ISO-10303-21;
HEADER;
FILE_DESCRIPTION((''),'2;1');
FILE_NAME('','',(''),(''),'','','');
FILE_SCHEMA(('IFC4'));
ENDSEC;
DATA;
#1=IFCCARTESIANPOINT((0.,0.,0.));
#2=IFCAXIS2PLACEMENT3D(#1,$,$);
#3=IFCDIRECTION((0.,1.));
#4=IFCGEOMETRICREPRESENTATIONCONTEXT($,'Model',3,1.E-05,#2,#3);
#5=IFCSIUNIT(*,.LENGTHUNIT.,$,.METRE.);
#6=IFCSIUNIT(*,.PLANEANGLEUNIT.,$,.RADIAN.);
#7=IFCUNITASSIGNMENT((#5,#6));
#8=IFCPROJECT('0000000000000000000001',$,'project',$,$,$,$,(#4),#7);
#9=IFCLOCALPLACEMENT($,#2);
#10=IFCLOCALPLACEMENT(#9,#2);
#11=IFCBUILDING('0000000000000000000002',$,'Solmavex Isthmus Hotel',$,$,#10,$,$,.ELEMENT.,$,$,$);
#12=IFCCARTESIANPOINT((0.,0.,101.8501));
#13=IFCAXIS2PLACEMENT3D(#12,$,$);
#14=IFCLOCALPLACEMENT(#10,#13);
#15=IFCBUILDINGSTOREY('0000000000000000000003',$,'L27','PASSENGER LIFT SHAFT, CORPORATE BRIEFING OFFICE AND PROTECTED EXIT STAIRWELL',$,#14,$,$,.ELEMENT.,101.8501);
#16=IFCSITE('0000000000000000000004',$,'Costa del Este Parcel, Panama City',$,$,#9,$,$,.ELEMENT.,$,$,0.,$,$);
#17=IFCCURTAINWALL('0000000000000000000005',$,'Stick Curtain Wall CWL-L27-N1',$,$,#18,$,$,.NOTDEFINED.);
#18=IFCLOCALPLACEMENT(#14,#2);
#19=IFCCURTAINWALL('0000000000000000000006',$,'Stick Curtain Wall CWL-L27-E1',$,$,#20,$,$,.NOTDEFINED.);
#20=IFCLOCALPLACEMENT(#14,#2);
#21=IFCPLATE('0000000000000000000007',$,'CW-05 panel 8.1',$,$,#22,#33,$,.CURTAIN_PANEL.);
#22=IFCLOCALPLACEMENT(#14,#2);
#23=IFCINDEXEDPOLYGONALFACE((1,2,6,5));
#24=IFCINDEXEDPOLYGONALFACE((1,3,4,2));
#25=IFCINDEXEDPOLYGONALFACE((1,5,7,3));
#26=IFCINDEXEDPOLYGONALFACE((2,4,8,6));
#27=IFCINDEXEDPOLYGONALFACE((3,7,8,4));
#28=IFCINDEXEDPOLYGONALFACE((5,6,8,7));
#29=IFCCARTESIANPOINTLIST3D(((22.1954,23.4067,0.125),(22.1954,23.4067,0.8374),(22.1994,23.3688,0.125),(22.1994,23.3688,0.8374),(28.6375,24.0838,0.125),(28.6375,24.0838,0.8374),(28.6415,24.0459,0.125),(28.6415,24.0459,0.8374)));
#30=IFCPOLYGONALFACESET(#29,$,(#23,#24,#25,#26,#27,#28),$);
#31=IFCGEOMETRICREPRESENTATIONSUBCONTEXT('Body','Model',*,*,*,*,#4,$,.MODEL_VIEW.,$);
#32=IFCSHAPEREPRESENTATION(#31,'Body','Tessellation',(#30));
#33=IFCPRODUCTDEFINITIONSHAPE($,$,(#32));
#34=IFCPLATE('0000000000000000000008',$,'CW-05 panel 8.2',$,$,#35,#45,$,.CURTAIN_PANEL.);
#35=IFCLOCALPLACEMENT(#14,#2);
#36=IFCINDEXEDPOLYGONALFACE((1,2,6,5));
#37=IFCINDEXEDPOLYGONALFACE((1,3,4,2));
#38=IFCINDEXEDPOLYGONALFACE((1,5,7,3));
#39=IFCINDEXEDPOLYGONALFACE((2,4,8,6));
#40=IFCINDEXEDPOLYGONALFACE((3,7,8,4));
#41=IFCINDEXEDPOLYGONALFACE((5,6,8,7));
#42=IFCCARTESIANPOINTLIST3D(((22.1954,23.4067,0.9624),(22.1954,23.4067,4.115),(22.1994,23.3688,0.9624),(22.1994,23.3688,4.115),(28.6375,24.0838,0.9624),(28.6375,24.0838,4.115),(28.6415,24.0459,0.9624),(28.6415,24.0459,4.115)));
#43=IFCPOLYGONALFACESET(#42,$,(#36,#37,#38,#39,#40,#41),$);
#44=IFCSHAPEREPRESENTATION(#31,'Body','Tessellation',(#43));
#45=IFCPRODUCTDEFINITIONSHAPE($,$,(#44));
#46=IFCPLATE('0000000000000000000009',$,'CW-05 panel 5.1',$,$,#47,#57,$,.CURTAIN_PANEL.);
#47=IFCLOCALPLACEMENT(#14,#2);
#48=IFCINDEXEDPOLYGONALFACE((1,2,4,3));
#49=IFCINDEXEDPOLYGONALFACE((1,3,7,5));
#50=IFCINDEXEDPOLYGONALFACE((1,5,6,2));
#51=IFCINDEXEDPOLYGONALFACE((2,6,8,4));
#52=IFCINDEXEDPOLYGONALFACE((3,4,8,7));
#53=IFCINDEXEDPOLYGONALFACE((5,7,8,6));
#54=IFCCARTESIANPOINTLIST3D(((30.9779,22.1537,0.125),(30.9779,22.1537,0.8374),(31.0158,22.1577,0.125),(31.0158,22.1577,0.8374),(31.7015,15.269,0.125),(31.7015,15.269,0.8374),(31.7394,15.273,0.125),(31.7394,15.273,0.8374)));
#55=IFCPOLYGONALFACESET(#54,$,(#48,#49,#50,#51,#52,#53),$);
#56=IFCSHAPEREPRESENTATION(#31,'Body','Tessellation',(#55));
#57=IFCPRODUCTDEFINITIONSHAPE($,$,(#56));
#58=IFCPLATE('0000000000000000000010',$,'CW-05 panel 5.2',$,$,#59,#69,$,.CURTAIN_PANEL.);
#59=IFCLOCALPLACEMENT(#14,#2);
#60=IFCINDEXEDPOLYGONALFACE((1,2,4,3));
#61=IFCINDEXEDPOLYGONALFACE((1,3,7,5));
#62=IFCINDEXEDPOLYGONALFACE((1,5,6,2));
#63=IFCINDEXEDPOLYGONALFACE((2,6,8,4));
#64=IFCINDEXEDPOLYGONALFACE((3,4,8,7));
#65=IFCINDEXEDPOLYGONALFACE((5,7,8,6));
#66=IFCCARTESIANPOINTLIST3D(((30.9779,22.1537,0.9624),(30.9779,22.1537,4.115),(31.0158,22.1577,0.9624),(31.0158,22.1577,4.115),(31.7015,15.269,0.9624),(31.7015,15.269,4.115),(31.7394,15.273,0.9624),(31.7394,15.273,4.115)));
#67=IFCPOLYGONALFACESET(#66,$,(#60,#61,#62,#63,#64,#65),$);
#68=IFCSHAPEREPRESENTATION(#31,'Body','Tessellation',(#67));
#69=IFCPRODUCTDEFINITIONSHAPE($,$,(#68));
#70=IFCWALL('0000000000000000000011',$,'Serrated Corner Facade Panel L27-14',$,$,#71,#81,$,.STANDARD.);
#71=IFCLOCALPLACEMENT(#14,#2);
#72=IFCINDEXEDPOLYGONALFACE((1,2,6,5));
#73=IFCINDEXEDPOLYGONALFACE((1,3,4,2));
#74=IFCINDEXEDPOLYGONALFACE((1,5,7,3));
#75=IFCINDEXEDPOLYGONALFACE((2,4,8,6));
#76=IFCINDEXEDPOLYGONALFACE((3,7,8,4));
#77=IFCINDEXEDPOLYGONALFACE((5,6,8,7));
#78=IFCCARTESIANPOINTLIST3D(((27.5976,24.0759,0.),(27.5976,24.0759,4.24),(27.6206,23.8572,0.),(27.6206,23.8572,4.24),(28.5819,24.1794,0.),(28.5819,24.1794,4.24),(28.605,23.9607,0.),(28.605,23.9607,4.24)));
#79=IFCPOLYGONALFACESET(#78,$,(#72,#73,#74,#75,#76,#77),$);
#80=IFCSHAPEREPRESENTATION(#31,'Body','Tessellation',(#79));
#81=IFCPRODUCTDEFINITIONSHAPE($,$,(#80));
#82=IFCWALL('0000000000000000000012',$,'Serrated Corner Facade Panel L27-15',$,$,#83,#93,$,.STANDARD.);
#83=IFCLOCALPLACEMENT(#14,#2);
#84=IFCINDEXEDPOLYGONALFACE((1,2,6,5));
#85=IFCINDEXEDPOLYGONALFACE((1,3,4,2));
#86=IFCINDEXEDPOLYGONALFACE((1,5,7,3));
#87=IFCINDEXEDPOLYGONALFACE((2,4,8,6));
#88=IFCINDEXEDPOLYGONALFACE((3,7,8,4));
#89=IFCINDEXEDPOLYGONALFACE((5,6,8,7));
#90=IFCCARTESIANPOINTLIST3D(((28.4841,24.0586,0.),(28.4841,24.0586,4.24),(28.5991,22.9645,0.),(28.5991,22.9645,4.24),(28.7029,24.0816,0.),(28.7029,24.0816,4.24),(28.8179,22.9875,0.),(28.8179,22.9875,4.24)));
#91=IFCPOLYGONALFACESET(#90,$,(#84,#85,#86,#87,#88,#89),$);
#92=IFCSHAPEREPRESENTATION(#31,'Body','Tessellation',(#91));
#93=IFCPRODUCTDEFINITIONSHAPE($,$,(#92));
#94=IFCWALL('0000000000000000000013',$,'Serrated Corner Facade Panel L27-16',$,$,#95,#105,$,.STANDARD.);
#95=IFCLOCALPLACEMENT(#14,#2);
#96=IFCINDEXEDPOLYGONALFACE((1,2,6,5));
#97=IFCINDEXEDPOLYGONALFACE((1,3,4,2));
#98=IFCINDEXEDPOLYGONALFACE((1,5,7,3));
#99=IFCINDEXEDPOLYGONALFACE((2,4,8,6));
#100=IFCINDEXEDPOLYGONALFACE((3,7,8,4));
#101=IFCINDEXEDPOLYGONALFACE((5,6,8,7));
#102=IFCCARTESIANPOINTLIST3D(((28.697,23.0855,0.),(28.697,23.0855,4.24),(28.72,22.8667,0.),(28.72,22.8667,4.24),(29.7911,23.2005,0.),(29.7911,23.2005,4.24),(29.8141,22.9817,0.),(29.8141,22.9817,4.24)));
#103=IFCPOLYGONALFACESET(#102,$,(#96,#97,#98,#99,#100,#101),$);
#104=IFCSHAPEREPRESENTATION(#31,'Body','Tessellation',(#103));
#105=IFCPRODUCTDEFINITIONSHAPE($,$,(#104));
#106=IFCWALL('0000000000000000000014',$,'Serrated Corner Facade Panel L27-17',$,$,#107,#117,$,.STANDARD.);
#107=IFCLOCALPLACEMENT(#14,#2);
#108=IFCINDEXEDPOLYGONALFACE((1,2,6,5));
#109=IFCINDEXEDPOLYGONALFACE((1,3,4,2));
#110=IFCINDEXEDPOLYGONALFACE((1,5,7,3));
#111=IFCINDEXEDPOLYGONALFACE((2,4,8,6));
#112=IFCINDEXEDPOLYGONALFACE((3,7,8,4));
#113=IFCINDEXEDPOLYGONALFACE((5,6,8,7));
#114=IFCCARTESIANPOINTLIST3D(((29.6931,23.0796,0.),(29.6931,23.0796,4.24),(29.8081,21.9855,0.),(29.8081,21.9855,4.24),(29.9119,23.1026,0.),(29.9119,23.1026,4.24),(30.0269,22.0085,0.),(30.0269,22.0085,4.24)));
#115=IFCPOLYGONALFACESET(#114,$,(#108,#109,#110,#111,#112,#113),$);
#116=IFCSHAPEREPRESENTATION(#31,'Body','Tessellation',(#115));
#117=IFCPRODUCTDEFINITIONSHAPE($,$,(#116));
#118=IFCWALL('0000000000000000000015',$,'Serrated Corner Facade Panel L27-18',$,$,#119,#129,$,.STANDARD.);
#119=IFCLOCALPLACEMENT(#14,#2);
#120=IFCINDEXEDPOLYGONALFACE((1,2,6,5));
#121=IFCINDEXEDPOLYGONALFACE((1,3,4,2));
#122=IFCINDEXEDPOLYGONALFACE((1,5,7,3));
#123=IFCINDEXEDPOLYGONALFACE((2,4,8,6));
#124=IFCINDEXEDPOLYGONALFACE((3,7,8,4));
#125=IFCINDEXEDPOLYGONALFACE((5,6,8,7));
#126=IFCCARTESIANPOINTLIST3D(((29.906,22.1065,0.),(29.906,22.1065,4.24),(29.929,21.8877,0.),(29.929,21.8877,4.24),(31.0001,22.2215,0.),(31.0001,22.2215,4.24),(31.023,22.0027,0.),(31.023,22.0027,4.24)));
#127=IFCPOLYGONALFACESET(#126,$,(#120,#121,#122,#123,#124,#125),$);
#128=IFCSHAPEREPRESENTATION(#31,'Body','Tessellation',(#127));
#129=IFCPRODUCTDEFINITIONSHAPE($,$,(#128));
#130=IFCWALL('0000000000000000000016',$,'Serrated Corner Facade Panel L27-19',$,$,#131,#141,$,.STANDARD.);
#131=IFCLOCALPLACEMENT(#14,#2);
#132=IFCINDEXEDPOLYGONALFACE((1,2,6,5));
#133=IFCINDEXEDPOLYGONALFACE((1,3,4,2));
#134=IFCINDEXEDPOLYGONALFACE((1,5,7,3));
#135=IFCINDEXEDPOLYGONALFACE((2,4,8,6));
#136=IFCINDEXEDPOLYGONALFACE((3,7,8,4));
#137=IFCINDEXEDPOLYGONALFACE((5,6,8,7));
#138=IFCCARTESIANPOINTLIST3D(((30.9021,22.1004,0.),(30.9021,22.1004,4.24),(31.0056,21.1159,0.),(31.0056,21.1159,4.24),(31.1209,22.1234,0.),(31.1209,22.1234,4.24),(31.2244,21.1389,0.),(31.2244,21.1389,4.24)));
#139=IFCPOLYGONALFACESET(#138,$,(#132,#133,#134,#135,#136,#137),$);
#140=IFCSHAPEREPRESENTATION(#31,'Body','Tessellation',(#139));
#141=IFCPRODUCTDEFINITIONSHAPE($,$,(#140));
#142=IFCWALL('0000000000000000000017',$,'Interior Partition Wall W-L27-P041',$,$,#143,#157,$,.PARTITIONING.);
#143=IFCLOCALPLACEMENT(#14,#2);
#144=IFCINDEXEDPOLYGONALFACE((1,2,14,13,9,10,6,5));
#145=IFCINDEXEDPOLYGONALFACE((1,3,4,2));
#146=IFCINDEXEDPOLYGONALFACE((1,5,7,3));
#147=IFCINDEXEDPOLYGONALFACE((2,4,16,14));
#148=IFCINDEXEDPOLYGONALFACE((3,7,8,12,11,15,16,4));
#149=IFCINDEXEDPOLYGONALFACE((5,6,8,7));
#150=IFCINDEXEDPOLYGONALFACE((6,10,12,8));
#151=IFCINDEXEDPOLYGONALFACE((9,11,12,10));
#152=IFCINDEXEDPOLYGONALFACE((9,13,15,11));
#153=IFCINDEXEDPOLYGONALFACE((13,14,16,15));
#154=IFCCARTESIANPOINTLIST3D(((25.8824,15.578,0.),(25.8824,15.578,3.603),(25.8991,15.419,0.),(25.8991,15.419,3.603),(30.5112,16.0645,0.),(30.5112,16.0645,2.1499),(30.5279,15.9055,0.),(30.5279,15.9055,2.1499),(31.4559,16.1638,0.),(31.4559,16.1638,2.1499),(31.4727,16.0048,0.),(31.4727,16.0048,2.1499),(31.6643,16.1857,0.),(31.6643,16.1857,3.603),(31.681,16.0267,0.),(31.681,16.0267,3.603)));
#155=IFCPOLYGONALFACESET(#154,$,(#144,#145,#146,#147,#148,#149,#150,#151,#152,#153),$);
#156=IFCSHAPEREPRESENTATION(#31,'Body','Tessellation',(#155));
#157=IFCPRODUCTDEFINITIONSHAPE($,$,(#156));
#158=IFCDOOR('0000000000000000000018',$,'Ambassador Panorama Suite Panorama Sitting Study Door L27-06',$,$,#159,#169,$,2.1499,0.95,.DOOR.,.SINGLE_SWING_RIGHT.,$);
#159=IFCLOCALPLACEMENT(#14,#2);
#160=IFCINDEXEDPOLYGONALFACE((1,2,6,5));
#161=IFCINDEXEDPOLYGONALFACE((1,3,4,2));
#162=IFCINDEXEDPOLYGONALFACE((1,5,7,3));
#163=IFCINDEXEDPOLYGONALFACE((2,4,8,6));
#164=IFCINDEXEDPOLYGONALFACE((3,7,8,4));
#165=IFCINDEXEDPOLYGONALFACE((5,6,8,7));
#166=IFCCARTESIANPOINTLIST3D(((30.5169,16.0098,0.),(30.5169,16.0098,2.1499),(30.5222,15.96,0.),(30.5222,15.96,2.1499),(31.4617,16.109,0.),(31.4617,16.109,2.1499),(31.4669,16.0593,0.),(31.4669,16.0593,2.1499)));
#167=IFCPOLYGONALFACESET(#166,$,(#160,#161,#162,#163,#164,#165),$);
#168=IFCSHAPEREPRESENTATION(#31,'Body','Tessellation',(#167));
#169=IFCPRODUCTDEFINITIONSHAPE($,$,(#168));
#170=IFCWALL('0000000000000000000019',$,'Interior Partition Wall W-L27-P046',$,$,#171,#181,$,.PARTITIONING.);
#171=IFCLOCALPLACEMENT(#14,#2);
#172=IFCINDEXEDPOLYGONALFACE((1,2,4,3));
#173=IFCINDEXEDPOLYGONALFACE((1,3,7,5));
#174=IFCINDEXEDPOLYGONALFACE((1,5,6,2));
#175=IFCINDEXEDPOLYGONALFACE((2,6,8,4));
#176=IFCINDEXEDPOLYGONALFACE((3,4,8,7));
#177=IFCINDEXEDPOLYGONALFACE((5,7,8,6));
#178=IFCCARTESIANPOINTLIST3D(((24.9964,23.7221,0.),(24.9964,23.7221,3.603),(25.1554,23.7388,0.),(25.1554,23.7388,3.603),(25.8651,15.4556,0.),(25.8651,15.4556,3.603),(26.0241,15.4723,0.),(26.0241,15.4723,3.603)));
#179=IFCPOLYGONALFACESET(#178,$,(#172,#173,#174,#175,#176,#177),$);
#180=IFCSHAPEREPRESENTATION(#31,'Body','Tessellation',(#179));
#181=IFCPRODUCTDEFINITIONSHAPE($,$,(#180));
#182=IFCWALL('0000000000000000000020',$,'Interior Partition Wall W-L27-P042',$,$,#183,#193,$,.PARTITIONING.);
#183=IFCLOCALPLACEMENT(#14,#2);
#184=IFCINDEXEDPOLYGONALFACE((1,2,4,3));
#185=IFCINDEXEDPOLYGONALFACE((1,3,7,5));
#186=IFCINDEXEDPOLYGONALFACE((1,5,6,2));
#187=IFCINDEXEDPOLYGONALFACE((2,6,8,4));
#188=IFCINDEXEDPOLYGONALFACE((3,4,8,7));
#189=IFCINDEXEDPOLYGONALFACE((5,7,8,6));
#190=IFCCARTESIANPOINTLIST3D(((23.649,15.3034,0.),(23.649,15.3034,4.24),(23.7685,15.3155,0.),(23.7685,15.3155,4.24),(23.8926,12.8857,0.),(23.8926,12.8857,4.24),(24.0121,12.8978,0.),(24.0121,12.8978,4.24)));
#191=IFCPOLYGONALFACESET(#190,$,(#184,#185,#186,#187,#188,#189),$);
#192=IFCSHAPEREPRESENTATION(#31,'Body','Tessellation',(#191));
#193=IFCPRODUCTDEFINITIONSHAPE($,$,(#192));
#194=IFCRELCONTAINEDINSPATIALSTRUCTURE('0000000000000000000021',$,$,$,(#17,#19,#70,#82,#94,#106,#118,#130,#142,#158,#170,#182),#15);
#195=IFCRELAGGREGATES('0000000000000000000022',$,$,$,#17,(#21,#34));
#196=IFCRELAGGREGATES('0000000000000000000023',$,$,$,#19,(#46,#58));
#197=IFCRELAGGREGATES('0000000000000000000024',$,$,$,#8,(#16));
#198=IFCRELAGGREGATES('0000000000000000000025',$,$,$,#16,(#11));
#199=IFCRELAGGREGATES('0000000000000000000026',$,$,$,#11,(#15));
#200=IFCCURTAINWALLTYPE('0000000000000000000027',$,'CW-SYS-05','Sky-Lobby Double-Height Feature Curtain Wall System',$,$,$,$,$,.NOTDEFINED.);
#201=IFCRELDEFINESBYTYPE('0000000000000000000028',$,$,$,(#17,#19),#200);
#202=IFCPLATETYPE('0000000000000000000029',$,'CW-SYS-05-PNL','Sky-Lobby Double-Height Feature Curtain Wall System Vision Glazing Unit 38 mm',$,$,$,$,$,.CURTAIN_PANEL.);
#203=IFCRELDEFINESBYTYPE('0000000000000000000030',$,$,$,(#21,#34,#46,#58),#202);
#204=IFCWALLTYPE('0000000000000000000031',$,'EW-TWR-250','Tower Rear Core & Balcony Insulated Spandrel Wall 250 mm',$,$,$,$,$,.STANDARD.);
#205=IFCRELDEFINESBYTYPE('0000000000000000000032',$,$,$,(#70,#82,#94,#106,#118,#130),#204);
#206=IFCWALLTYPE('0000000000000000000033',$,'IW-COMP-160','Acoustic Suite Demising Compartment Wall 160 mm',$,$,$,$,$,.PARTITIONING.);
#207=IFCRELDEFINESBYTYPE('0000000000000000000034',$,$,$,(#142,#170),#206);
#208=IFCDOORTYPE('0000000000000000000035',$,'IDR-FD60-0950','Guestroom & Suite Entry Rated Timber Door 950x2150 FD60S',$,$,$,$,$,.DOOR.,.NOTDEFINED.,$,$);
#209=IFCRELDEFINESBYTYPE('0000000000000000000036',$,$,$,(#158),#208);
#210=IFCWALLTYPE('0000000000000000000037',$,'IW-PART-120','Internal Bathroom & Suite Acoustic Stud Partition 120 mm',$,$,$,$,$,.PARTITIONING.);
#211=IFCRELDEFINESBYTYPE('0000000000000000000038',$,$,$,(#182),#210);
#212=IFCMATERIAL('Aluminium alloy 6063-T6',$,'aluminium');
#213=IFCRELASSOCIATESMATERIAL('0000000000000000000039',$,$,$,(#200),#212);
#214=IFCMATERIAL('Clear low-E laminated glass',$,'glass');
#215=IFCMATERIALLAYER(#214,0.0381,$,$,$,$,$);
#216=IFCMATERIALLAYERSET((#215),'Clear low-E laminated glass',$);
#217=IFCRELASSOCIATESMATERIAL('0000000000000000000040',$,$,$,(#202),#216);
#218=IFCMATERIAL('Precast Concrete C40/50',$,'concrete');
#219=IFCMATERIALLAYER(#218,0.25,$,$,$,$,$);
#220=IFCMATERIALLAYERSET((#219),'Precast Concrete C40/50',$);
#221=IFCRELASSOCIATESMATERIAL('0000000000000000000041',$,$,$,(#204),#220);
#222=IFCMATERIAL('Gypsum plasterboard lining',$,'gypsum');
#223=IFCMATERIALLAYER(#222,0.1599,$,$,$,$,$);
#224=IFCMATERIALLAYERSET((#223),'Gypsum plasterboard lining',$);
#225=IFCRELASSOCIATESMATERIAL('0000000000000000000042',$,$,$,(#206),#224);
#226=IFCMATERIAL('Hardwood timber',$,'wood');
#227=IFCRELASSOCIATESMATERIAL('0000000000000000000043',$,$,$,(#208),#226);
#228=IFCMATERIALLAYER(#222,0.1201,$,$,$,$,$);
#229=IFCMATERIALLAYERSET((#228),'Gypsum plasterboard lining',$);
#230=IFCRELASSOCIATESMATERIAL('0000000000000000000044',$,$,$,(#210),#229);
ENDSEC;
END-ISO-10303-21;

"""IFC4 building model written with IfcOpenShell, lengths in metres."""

from ifc_helpers import new_model, si_unit, direction, frame, frame_2d, origin, origin_2d, place, context, subcontext, project, spatial, rectangle, extrude, material, layer, layer_set, type_object, element, fill, aggregate, save


model = new_model("IFC4")

# Units and contexts
model_context = context("Model", 3, precision=1e-05, world=origin(), true_north=direction((0.0, 1.0)))
body_context = subcontext(model_context, "Body", "Model", "MODEL_VIEW")
ifc_project = project(units=[si_unit("LENGTHUNIT", "METRE"), si_unit("PLANEANGLEUNIT", "RADIAN")], contexts=[model_context])

# Site, building, storey
site_placement = place(None, origin())
site = spatial("IfcSite", under=ifc_project, at=site_placement, Name="Costa del Este Parcel, Panama City", CompositionType="ELEMENT", RefElevation=0.0)
building_placement = place(site_placement, origin())
building = spatial("IfcBuilding", under=site, at=building_placement, Name="Solmavex Isthmus Hotel", CompositionType="ELEMENT")
storey_placement = place(building_placement, frame((0.0, 0.0, 101.8501)))
storey = spatial("IfcBuildingStorey", under=building, at=storey_placement, Name="L27", Description="PASSENGER LIFT SHAFT, CORPORATE BRIEFING OFFICE AND PROTECTED EXIT STAIRWELL", CompositionType="ELEMENT", Elevation=101.8501)

# Curtain walls
ifc_material_1 = material(Name="Aluminium alloy 6063-T6", Category="aluminium")
curtain_wall_type = type_object("IfcCurtainWallType", Name="CW-SYS-05", Description="Sky-Lobby Double-Height Feature Curtain Wall System", PredefinedType="NOTDEFINED", material=ifc_material_1)
curtain_wall_1_placement = place(storey_placement, origin())
curtain_wall_1 = element("IfcCurtainWall", 1, at=curtain_wall_1_placement, inside=storey, type_object=curtain_wall_type, Name="Stick Curtain Wall CWL-L27-N1", PredefinedType="NOTDEFINED")
curtain_wall_2_placement = place(storey_placement, origin())
curtain_wall_2 = element("IfcCurtainWall", 2, at=curtain_wall_2_placement, inside=storey, type_object=curtain_wall_type, Name="Stick Curtain Wall CWL-L27-E1", PredefinedType="NOTDEFINED")

# Plates
ifc_material_2 = material(Name="Clear low-E laminated glass", Category="glass")
ifc_layer_1 = layer(ifc_material_2, 0.0381)
ifc_layer_set_1 = layer_set([ifc_layer_1], Name="Clear low-E laminated glass")
plate_type = type_object("IfcPlateType", Name="CW-SYS-05-PNL", Description="Sky-Lobby Double-Height Feature Curtain Wall System Vision Glazing Unit 38 mm", PredefinedType="CURTAIN_PANEL", material=ifc_layer_set_1)
plate_1_placement = place(storey_placement, frame((25.4185, 23.7263, 0.125), z_axis=(0.0, 0.0, 1.0), x_axis=(0.994522, 0.104528, 0.0)))
plate_1 = element("IfcPlate", 3, at=plate_1_placement, type_object=plate_type, Name="CW-05 panel 8.1", PredefinedType="CURTAIN_PANEL", context=body_context, shape_type="SweptSolid", body=[
    extrude(rectangle(XDim=6.4775, YDim=0.0381, at=origin_2d()), origin(), (0.0, 0.0, 1.0), 0.7124),
])
plate_2_placement = place(storey_placement, frame((25.4185, 23.7263, 0.9624), z_axis=(0.0, 0.0, 1.0), x_axis=(0.994522, 0.104528, 0.0)))
plate_2 = element("IfcPlate", 4, at=plate_2_placement, type_object=plate_type, Name="CW-05 panel 8.2", PredefinedType="CURTAIN_PANEL", context=body_context, shape_type="SweptSolid", body=[
    extrude(rectangle(XDim=6.4775, YDim=0.0381, at=origin_2d()), origin(), (0.0, 0.0, 1.0), 3.1526),
])
aggregate(curtain_wall_1, [plate_1, plate_2])
plate_3_placement = place(storey_placement, frame((31.3586, 18.7134, 0.125), z_axis=(0.0, 0.0, 1.0), x_axis=(-0.104528, 0.994522, 0.0)))
plate_3 = element("IfcPlate", 5, at=plate_3_placement, type_object=plate_type, Name="CW-05 panel 5.1", PredefinedType="CURTAIN_PANEL", context=body_context, shape_type="SweptSolid", body=[
    extrude(rectangle(XDim=6.9226, YDim=0.0381, at=origin_2d()), origin(), (0.0, 0.0, 1.0), 0.7124),
])
plate_4_placement = place(storey_placement, frame((31.3586, 18.7134, 0.9624), z_axis=(0.0, 0.0, 1.0), x_axis=(-0.104528, 0.994522, 0.0)))
plate_4 = element("IfcPlate", 6, at=plate_4_placement, type_object=plate_type, Name="CW-05 panel 5.2", PredefinedType="CURTAIN_PANEL", context=body_context, shape_type="SweptSolid", body=[
    extrude(rectangle(XDim=6.9226, YDim=0.0381, at=origin_2d()), origin(), (0.0, 0.0, 1.0), 3.1526),
])
aggregate(curtain_wall_2, [plate_3, plate_4])

# Walls
ifc_material_3 = material(Name="Precast Concrete C40/50", Category="concrete")
ifc_layer_2 = layer(ifc_material_3, 0.25)
ifc_layer_set_2 = layer_set([ifc_layer_2], Name="Precast Concrete C40/50")
wall_type_1 = type_object("IfcWallType", Name="EW-TWR-250", Description="Tower Rear Core & Balcony Insulated Spandrel Wall 250 mm", PredefinedType="STANDARD", material=ifc_layer_set_2)
wall_1_placement = place(storey_placement, frame((27.6091, 23.9666, 0.0), z_axis=(0.0, 0.0, 1.0), x_axis=(0.994516, 0.104582, 0.0)))
element("IfcWall", 7, at=wall_1_placement, inside=storey, type_object=wall_type_1, Name="Serrated Corner Facade Panel L27-14", PredefinedType="STANDARD", context=body_context, shape_type="SweptSolid", body=[
    extrude(rectangle(XDim=0.9897, YDim=0.22, at=frame_2d((0.4949, 0.0))), origin(), (0.0, 0.0, 1.0), 4.24),
])
for number, where, z_axis, x_axis, name in (
    (8, (28.5935, 24.0701, 0.0), (0.0, 0.0, 1.0), (0.104535, -0.994521, 0.0), "Serrated Corner Facade Panel L27-15"),
    (9, (28.7085, 22.9761, 0.0), (0.0, 0.0, 1.0), (0.994521, 0.104535, 0.0), "Serrated Corner Facade Panel L27-16"),
    (10, (29.8025, 23.0911, 0.0), (0.0, 0.0, 1.0), (0.104535, -0.994521, 0.0), "Serrated Corner Facade Panel L27-17"),
    (11, (29.9175, 21.9971, 0.0), (0.0, 0.0, 1.0), (0.994521, 0.104535, 0.0), "Serrated Corner Facade Panel L27-18"),
):
    element("IfcWall", number, at=place(storey_placement, frame(where, z_axis=z_axis, x_axis=x_axis)), inside=storey, type_object=wall_type_1, Name=name, PredefinedType="STANDARD", context=body_context, shape_type="SweptSolid", body=[
        extrude(rectangle(XDim=1.1001, YDim=0.22, at=frame_2d((0.55, 0.0))), origin(), (0.0, 0.0, 1.0), 4.24),
    ])
wall_2_placement = place(storey_placement, frame((31.0115, 22.1121, 0.0), z_axis=(0.0, 0.0, 1.0), x_axis=(0.104556, -0.994519, 0.0)))
element("IfcWall", 12, at=wall_2_placement, inside=storey, type_object=wall_type_1, Name="Serrated Corner Facade Panel L27-19", PredefinedType="STANDARD", context=body_context, shape_type="SweptSolid", body=[
    extrude(rectangle(XDim=0.99, YDim=0.22, at=frame_2d((0.4951, 0.0))), origin(), (0.0, 0.0, 1.0), 4.24),
])

# Wall, opening, door
ifc_material_4 = material(Name="Gypsum plasterboard lining", Category="gypsum")
ifc_layer_3 = layer(ifc_material_4, 0.1599)
ifc_layer_set_3 = layer_set([ifc_layer_3], Name="Gypsum plasterboard lining")
wall_type_2 = type_object("IfcWallType", Name="IW-COMP-160", Description="Acoustic Suite Demising Compartment Wall 160 mm", PredefinedType="PARTITIONING", material=ifc_layer_set_3)
wall_3_placement = place(storey_placement, frame((25.8909, 15.4985, 0.0), z_axis=(0.0, 0.0, 1.0), x_axis=(0.994523, 0.104521, 0.0)))
wall_3 = element("IfcWall", 13, at=wall_3_placement, inside=storey, type_object=wall_type_2, Name="Interior Partition Wall W-L27-P041", PredefinedType="PARTITIONING", context=body_context, shape_type="SweptSolid", body=[
    extrude(rectangle(XDim=5.8137, YDim=0.1599, at=frame_2d((2.9067, 0.0))), origin(), (0.0, 0.0, 1.0), 3.603),
])
opening_1_placement = place(wall_3_placement, frame((4.6541, 0.0, 0.0)))
opening_1 = element("IfcOpeningElement", 14, at=opening_1_placement, cuts=wall_3, PredefinedType="OPENING", context=body_context, shape_type="SweptSolid", body=[
    extrude(rectangle(XDim=0.95, YDim=2.1499, at=frame_2d((0.4751, 1.075))), frame((0.0, 0.0898, 0.0), z_axis=(0.0, -1.0, 0.0), x_axis=(1.0, 0.0, 0.0)), (0.0, 0.0, 1.0), 0.1799),
])
ifc_material_5 = material(Name="Hardwood timber", Category="wood")
door_type_1 = type_object("IfcDoorType", Name="IDR-FD60-0950", Description="Guestroom & Suite Entry Rated Timber Door 950x2150 FD60S", OperationType="NOTDEFINED", PredefinedType="DOOR", material=ifc_material_5)
door_1_placement = place(opening_1_placement, origin())
door_1 = element("IfcDoor", 15, at=door_1_placement, inside=storey, type_object=door_type_1, Name="Ambassador Panorama Suite Panorama Sitting Study Door L27-06", OperationType="SINGLE_SWING_RIGHT", OverallHeight=2.1499, OverallWidth=0.95, PredefinedType="DOOR", context=body_context, shape_type="SweptSolid", body=[
    extrude(rectangle(XDim=0.95, YDim=2.1499, at=frame_2d((0.4751, 1.075))), frame((0.0, 0.0249, 0.0), z_axis=(0.0, -1.0, 0.0), x_axis=(1.0, 0.0, 0.0)), (0.0, 0.0, 1.0), 0.05),
])
fill(opening_1, door_1)

# Walls
wall_4_placement = place(storey_placement, frame((25.0759, 23.7305, 0.0), z_axis=(0.0, 0.0, 1.0), x_axis=(0.104504, -0.994524, 0.0)))
element("IfcWall", 16, at=wall_4_placement, inside=storey, type_object=wall_type_2, Name="Interior Partition Wall W-L27-P046", PredefinedType="PARTITIONING", context=body_context, shape_type="SweptSolid", body=[
    extrude(rectangle(XDim=8.312, YDim=0.1599, at=frame_2d((4.156, 0.0))), origin(), (0.0, 0.0, 1.0), 3.603),
])
ifc_layer_4 = layer(ifc_material_4, 0.1201)
ifc_layer_set_4 = layer_set([ifc_layer_4], Name="Gypsum plasterboard lining")
wall_type_3 = type_object("IfcWallType", Name="IW-PART-120", Description="Internal Bathroom & Suite Acoustic Stud Partition 120 mm", PredefinedType="PARTITIONING", material=ifc_layer_set_4)
wall_5_placement = place(storey_placement, frame((23.7087, 15.3093, 0.0), z_axis=(0.0, 0.0, 1.0), x_axis=(0.10027, -0.99496, 0.0)))
element("IfcWall", 17, at=wall_5_placement, inside=storey, type_object=wall_type_3, Name="Interior Partition Wall W-L27-P042", PredefinedType="PARTITIONING", context=body_context, shape_type="SweptSolid", body=[
    extrude(rectangle(XDim=2.4299, YDim=0.1201, at=frame_2d((1.2148, 0.0))), origin(), (0.0, 0.0, 1.0), 4.24),
])

save(model, "model.ifc")
